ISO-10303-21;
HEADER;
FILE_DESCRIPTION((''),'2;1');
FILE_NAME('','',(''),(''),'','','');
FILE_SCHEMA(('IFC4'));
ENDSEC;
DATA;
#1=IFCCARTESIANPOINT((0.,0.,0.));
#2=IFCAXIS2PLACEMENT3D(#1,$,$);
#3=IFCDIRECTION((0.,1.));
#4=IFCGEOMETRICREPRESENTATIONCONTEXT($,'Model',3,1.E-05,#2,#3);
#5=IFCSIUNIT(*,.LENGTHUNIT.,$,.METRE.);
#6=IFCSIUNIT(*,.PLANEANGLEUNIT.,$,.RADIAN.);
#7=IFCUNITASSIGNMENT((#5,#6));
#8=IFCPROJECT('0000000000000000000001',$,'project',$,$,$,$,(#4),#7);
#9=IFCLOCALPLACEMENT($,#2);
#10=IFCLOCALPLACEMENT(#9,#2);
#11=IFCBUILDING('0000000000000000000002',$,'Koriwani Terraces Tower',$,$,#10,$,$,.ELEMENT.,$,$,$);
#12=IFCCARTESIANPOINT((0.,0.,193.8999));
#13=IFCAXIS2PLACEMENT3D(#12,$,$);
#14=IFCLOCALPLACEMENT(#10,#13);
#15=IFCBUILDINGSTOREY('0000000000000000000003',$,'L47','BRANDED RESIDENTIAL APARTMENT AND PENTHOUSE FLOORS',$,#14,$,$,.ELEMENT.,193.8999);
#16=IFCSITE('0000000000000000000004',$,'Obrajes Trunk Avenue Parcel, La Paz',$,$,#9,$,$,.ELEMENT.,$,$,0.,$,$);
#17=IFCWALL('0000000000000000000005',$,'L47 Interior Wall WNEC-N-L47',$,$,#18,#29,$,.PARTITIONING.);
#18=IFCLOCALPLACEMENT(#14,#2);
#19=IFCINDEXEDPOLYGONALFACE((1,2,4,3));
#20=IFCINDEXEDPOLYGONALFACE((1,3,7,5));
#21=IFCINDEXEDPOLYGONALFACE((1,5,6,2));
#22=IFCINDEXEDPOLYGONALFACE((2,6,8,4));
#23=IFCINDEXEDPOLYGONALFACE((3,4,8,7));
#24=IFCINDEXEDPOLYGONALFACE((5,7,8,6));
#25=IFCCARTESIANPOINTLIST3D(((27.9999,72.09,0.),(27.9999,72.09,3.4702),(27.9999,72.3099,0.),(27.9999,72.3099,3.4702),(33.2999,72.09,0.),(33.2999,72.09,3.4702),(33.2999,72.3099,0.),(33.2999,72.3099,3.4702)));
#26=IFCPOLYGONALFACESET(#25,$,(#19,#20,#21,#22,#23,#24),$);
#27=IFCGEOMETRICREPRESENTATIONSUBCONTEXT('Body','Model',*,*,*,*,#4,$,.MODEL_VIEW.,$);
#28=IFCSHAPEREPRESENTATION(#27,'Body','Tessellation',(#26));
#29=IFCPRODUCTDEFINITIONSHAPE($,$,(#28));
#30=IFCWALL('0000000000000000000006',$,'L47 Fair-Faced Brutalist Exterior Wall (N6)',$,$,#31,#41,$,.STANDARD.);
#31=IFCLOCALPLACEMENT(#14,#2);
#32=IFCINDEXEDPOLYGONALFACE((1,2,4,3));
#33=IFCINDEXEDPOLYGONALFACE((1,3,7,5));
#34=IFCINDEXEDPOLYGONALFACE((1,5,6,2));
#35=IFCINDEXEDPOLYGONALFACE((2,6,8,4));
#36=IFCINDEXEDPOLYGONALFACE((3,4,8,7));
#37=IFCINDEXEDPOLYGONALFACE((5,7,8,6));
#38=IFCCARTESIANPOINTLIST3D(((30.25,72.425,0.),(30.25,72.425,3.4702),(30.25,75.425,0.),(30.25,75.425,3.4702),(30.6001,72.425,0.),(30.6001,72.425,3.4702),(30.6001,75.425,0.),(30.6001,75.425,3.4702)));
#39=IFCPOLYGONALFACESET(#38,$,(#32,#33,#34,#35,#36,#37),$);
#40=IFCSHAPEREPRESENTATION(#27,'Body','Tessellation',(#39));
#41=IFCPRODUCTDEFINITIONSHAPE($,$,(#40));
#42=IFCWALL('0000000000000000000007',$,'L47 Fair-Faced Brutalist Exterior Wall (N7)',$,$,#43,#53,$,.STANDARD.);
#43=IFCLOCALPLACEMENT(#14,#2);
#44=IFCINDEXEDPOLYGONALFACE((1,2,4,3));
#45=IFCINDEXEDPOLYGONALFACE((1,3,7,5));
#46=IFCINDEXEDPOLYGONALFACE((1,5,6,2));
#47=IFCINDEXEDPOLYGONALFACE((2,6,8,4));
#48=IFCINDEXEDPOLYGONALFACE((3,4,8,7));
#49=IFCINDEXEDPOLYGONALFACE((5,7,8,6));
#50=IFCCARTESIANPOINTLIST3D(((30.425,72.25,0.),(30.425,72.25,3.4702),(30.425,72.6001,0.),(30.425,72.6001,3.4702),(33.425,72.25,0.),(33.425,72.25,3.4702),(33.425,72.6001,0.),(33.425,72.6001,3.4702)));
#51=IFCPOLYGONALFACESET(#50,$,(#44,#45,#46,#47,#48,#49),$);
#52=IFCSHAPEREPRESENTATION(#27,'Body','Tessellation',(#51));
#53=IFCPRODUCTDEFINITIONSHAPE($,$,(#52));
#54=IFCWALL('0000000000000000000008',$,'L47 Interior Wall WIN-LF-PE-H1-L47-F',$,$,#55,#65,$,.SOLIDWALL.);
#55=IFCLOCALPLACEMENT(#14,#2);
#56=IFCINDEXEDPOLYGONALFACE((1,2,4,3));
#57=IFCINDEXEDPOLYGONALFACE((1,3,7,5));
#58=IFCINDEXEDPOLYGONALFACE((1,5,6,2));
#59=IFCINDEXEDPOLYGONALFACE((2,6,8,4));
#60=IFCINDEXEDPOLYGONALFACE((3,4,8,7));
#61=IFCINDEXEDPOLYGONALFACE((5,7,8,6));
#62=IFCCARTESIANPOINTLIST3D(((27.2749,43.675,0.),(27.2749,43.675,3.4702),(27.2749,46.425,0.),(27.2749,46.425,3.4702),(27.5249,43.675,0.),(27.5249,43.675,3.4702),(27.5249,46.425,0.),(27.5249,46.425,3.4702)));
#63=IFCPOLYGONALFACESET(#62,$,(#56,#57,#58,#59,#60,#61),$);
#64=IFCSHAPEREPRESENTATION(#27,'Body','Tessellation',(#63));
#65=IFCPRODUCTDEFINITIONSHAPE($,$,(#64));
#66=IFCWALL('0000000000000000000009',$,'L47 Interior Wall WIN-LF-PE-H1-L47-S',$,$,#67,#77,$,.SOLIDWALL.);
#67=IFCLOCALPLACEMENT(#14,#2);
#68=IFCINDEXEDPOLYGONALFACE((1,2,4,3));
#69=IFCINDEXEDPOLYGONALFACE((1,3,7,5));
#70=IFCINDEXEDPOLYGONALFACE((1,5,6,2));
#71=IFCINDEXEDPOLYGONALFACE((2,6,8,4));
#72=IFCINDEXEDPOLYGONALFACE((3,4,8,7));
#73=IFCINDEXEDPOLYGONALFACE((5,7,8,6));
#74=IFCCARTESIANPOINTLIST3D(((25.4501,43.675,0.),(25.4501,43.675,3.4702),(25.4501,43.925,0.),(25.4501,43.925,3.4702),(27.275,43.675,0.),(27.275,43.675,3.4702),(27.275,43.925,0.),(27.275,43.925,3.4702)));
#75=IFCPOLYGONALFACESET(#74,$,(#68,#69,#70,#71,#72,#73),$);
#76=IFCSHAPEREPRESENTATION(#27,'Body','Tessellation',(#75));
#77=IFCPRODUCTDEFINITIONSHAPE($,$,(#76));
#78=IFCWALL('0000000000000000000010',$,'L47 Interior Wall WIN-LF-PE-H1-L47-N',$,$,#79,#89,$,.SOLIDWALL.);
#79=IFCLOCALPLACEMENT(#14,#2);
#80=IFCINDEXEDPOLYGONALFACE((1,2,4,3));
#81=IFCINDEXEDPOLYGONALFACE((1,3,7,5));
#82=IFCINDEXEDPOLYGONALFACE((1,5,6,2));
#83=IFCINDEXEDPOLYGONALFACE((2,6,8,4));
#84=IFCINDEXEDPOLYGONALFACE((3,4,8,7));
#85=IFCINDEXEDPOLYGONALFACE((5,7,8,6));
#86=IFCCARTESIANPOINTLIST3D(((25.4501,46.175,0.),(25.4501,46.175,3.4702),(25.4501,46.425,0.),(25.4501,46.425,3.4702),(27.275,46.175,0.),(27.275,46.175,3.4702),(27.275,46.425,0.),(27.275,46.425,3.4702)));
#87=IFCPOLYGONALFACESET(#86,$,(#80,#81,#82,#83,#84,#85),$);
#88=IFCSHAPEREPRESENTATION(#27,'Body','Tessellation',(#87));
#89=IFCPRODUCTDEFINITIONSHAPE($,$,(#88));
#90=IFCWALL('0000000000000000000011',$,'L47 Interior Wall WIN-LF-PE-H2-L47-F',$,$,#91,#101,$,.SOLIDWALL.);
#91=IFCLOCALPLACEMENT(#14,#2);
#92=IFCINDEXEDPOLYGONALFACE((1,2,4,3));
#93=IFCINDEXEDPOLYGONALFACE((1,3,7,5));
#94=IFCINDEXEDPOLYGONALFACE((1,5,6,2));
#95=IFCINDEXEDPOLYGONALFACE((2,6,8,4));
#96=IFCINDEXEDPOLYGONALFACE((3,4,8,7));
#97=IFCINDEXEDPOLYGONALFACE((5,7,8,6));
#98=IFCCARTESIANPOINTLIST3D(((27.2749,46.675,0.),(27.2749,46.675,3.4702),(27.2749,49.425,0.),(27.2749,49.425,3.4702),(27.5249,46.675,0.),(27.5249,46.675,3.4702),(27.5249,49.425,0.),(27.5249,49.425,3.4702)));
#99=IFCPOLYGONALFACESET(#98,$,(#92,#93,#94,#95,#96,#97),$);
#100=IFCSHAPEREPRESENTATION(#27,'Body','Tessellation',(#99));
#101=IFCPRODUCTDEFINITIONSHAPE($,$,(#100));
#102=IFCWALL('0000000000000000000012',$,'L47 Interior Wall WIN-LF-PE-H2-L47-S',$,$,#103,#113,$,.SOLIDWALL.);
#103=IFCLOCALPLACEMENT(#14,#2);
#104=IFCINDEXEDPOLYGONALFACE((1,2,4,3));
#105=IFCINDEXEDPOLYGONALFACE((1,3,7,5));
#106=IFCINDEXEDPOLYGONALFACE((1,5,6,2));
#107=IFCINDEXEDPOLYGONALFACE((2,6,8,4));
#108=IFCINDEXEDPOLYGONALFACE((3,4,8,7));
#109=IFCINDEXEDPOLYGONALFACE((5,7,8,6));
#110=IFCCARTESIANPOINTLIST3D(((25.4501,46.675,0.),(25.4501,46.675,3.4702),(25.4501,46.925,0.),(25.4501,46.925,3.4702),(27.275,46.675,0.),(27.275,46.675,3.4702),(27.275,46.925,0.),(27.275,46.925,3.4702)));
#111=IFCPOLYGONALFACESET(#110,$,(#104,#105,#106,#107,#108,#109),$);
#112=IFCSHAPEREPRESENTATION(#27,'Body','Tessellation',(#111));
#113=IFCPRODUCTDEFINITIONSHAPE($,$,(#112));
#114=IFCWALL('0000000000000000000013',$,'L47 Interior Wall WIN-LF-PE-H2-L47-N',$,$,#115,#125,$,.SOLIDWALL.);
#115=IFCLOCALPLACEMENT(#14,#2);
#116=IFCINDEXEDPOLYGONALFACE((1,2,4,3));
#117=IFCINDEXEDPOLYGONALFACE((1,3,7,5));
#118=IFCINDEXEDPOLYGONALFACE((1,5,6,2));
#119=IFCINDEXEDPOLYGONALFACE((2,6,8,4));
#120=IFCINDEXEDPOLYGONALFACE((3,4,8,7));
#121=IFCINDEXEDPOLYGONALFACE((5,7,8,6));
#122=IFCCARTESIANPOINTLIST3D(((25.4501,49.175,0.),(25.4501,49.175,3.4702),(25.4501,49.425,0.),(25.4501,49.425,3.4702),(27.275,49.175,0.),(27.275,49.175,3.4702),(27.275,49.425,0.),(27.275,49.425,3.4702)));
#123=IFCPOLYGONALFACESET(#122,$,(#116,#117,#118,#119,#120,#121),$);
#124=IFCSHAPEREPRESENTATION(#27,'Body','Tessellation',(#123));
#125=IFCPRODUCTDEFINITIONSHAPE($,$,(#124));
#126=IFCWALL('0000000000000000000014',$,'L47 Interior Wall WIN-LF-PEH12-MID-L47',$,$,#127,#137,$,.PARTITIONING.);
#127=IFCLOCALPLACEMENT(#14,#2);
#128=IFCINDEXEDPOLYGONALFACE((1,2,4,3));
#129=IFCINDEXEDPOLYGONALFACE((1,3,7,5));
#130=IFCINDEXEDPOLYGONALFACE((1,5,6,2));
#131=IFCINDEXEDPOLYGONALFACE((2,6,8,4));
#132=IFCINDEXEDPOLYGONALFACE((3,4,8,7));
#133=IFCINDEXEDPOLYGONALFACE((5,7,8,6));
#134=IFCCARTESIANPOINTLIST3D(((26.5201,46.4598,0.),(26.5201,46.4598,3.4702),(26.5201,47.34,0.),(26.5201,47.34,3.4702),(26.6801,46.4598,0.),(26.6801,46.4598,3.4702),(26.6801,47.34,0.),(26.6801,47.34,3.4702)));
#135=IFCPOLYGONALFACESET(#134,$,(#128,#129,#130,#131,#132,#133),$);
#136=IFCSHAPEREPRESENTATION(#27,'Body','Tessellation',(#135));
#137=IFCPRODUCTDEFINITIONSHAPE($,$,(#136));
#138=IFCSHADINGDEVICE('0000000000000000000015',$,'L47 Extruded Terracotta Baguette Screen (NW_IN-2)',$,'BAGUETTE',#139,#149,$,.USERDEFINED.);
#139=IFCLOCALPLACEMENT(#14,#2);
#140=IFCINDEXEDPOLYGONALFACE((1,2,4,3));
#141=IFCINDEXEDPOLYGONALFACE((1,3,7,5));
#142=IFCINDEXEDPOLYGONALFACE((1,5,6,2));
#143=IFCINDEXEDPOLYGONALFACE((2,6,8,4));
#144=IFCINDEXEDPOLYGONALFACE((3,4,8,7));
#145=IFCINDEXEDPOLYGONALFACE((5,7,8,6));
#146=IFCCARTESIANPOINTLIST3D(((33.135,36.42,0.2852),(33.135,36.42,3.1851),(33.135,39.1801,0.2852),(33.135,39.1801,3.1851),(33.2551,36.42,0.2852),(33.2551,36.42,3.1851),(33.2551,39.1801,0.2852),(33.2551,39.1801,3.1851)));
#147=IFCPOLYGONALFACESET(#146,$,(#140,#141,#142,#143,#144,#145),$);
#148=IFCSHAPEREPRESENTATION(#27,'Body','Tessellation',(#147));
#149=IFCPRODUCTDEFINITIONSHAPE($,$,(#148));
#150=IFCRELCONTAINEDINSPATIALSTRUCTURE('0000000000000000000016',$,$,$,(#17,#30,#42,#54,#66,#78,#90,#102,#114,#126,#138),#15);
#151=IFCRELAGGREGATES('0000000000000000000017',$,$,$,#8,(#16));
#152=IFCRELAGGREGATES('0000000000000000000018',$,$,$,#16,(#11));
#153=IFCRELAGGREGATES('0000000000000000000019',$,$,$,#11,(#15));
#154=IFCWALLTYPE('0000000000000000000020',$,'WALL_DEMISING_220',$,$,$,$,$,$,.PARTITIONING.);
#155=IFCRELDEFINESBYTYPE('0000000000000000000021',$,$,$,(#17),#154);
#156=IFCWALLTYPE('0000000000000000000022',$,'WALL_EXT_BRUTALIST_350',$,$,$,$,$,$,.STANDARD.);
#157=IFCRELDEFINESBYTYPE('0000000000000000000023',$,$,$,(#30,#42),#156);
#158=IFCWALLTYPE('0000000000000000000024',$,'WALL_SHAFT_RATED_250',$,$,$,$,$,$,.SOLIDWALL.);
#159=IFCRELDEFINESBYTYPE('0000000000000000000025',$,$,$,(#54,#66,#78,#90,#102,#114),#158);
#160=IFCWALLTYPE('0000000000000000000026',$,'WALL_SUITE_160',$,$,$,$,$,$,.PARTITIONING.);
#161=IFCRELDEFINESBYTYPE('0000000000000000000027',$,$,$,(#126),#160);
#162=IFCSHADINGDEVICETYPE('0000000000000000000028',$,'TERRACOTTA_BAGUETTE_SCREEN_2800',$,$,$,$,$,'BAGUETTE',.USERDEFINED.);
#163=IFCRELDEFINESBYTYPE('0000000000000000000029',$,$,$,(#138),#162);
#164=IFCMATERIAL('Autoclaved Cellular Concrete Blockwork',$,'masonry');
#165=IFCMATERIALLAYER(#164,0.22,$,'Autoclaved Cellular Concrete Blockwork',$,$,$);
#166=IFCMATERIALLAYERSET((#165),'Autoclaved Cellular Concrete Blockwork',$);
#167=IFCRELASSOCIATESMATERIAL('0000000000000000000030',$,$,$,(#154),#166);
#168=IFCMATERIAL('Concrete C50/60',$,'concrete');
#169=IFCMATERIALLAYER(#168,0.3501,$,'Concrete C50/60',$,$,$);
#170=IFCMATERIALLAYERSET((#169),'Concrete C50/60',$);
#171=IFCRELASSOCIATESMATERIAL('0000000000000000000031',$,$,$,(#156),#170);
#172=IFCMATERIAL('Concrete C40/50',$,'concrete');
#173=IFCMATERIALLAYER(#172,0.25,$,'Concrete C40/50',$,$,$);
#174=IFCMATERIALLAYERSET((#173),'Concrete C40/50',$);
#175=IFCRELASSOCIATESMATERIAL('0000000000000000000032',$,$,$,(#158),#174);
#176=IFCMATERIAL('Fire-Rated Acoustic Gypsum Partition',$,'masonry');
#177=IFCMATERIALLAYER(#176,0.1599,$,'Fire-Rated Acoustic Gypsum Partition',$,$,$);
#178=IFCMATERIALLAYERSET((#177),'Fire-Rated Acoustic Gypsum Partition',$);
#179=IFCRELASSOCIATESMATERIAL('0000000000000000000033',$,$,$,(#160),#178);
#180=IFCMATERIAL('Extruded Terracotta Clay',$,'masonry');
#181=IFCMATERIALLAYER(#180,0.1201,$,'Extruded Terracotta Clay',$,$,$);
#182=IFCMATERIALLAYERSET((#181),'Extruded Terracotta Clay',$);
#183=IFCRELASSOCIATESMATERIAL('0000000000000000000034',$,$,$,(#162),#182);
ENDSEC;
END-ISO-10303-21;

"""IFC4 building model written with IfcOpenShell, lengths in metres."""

from ifc_helpers import new_model, si_unit, direction, frame, frame_2d, origin, origin_2d, place, context, subcontext, project, spatial, rectangle, extrude, material, layer, layer_set, type_object, element, save


model = new_model("IFC4")

# Units and contexts
model_context = context("Model", 3, precision=1e-05, world=origin(), true_north=direction((0.0, 1.0)))
body_context = subcontext(model_context, "Body", "Model", "MODEL_VIEW")
ifc_project = project(units=[si_unit("LENGTHUNIT", "METRE"), si_unit("PLANEANGLEUNIT", "RADIAN")], contexts=[model_context])

# Site, building, storey
site_placement = place(None, origin())
site = spatial("IfcSite", under=ifc_project, at=site_placement, Name="Obrajes Trunk Avenue Parcel, La Paz", CompositionType="ELEMENT", RefElevation=0.0)
building_placement = place(site_placement, origin())
building = spatial("IfcBuilding", under=site, at=building_placement, Name="Koriwani Terraces Tower", CompositionType="ELEMENT")
storey_placement = place(building_placement, frame((0.0, 0.0, 193.8999)))
storey = spatial("IfcBuildingStorey", under=building, at=storey_placement, Name="L47", Description="BRANDED RESIDENTIAL APARTMENT AND PENTHOUSE FLOORS", CompositionType="ELEMENT", Elevation=193.8999)

# Shared definitions
ifc_material_1 = material(Name="Concrete C50/60", Category="concrete")

# Shared definitions
ifc_material_2 = material(Name="Autoclaved Cellular Concrete Blockwork", Category="masonry")

# Walls
ifc_layer_1 = layer(ifc_material_2, 0.22, Name="Autoclaved Cellular Concrete Blockwork")
ifc_layer_set_1 = layer_set([ifc_layer_1], Name="Autoclaved Cellular Concrete Blockwork")
wall_type_1 = type_object("IfcWallType", Name="WALL_DEMISING_220", PredefinedType="PARTITIONING", material=ifc_layer_set_1)
wall_1_placement = place(storey_placement, frame((28.0, 72.2, 0.0), z_axis=(0.0, 0.0, 1.0), x_axis=(1.0, 0.0, 0.0)))
element("IfcWall", 1, at=wall_1_placement, inside=storey, type_object=wall_type_1, Name="L47 Interior Wall WNEC-N-L47", PredefinedType="PARTITIONING", context=body_context, shape_type="SweptSolid", body=[
    extrude(rectangle(XDim=5.3, YDim=0.22, at=frame_2d((2.6499, 0.0))), origin(), (0.0, 0.0, 1.0), 3.4702),
])
ifc_layer_2 = layer(ifc_material_1, 0.3501, Name="Concrete C50/60")
ifc_layer_set_2 = layer_set([ifc_layer_2], Name="Concrete C50/60")
wall_type_2 = type_object("IfcWallType", Name="WALL_EXT_BRUTALIST_350", PredefinedType="STANDARD", material=ifc_layer_set_2)
for number, where, z_axis, x_axis, name in (
    (2, (30.425, 75.425, 0.0), (0.0, 0.0, 1.0), (0.0, -1.0, 0.0), "L47 Fair-Faced Brutalist Exterior Wall (N6)"),
    (3, (30.425, 72.425, 0.0), (0.0, 0.0, 1.0), (1.0, 0.0, 0.0), "L47 Fair-Faced Brutalist Exterior Wall (N7)"),
):
    element("IfcWall", number, at=place(storey_placement, frame(where, z_axis=z_axis, x_axis=x_axis)), inside=storey, type_object=wall_type_2, Name=name, PredefinedType="STANDARD", context=body_context, shape_type="SweptSolid", body=[
        extrude(rectangle(XDim=3.0, YDim=0.3501, at=frame_2d((1.5, 0.0))), origin(), (0.0, 0.0, 1.0), 3.4702),
    ])

# Shared definitions
ifc_material_3 = material(Name="Concrete C40/50", Category="concrete")
ifc_layer_3 = layer(ifc_material_3, 0.25, Name="Concrete C40/50")
ifc_layer_set_3 = layer_set([ifc_layer_3], Name="Concrete C40/50")
wall_type_3 = type_object("IfcWallType", Name="WALL_SHAFT_RATED_250", PredefinedType="SOLIDWALL", material=ifc_layer_set_3)

# Walls
wall_2_placement = place(storey_placement, frame((27.3999, 43.675, 0.0), z_axis=(0.0, 0.0, 1.0), x_axis=(0.0, 1.0, 0.0)))
element("IfcWall", 4, at=wall_2_placement, inside=storey, type_object=wall_type_3, Name="L47 Interior Wall WIN-LF-PE-H1-L47-F", PredefinedType="SOLIDWALL", context=body_context, shape_type="SweptSolid", body=[
    extrude(rectangle(XDim=2.75, YDim=0.25, at=frame_2d((1.375, 0.0))), origin(), (0.0, 0.0, 1.0), 3.4702),
])
for number, where, z_axis, x_axis, name in (
    (5, (25.45, 43.8, 0.0), (0.0, 0.0, 1.0), (1.0, 0.0, 0.0), "L47 Interior Wall WIN-LF-PE-H1-L47-S"),
    (6, (25.45, 46.3, 0.0), (0.0, 0.0, 1.0), (1.0, 0.0, 0.0), "L47 Interior Wall WIN-LF-PE-H1-L47-N"),
):
    element("IfcWall", number, at=place(storey_placement, frame(where, z_axis=z_axis, x_axis=x_axis)), inside=storey, type_object=wall_type_3, Name=name, PredefinedType="SOLIDWALL", context=body_context, shape_type="SweptSolid", body=[
        extrude(rectangle(XDim=1.825, YDim=0.25, at=frame_2d((0.9126, 0.0))), origin(), (0.0, 0.0, 1.0), 3.4702),
    ])
wall_3_placement = place(storey_placement, frame((27.3999, 46.675, 0.0), z_axis=(0.0, 0.0, 1.0), x_axis=(0.0, 1.0, 0.0)))
element("IfcWall", 7, at=wall_3_placement, inside=storey, type_object=wall_type_3, Name="L47 Interior Wall WIN-LF-PE-H2-L47-F", PredefinedType="SOLIDWALL", context=body_context, shape_type="SweptSolid", body=[
    extrude(rectangle(XDim=2.75, YDim=0.25, at=frame_2d((1.375, 0.0))), origin(), (0.0, 0.0, 1.0), 3.4702),
])
for number, where, z_axis, x_axis, name in (
    (8, (25.45, 46.8, 0.0), (0.0, 0.0, 1.0), (1.0, 0.0, 0.0), "L47 Interior Wall WIN-LF-PE-H2-L47-S"),
    (9, (25.45, 49.3, 0.0), (0.0, 0.0, 1.0), (1.0, 0.0, 0.0), "L47 Interior Wall WIN-LF-PE-H2-L47-N"),
):
    element("IfcWall", number, at=place(storey_placement, frame(where, z_axis=z_axis, x_axis=x_axis)), inside=storey, type_object=wall_type_3, Name=name, PredefinedType="SOLIDWALL", context=body_context, shape_type="SweptSolid", body=[
        extrude(rectangle(XDim=1.825, YDim=0.25, at=frame_2d((0.9126, 0.0))), origin(), (0.0, 0.0, 1.0), 3.4702),
    ])
ifc_material_4 = material(Name="Fire-Rated Acoustic Gypsum Partition", Category="masonry")
ifc_layer_4 = layer(ifc_material_4, 0.1599, Name="Fire-Rated Acoustic Gypsum Partition")
ifc_layer_set_4 = layer_set([ifc_layer_4], Name="Fire-Rated Acoustic Gypsum Partition")
wall_type_4 = type_object("IfcWallType", Name="WALL_SUITE_160", PredefinedType="PARTITIONING", material=ifc_layer_set_4)
wall_4_placement = place(storey_placement, frame((26.6001, 46.46, 0.0), z_axis=(0.0, 0.0, 1.0), x_axis=(0.0, 1.0, 0.0)))
element("IfcWall", 10, at=wall_4_placement, inside=storey, type_object=wall_type_4, Name="L47 Interior Wall WIN-LF-PEH12-MID-L47", PredefinedType="PARTITIONING", context=body_context, shape_type="SweptSolid", body=[
    extrude(rectangle(XDim=0.8801, YDim=0.1599, at=frame_2d((0.4399, 0.0))), origin(), (0.0, 0.0, 1.0), 3.4702),
])

# Shading device
ifc_material_5 = material(Name="Extruded Terracotta Clay", Category="masonry")
ifc_layer_5 = layer(ifc_material_5, 0.1201, Name="Extruded Terracotta Clay")
ifc_layer_set_5 = layer_set([ifc_layer_5], Name="Extruded Terracotta Clay")
shading_device_type = type_object("IfcShadingDeviceType", Name="TERRACOTTA_BAGUETTE_SCREEN_2800", ElementType="BAGUETTE", PredefinedType="USERDEFINED", material=ifc_layer_set_5)
shading_device_placement = place(storey_placement, frame((33.1951, 37.8, 0.2852), z_axis=(0.0, 0.0, 1.0), x_axis=(0.0, -1.0, 0.0)))
element("IfcShadingDevice", 11, at=shading_device_placement, inside=storey, type_object=shading_device_type, Name="L47 Extruded Terracotta Baguette Screen (NW_IN-2)", ObjectType="BAGUETTE", PredefinedType="USERDEFINED", context=body_context, shape_type="SweptSolid", body=[
    extrude(rectangle(XDim=2.76, YDim=0.1201, at=origin_2d()), origin(), (0.0, 0.0, 1.0), 2.8999),
])

save(model, "model.ifc")
